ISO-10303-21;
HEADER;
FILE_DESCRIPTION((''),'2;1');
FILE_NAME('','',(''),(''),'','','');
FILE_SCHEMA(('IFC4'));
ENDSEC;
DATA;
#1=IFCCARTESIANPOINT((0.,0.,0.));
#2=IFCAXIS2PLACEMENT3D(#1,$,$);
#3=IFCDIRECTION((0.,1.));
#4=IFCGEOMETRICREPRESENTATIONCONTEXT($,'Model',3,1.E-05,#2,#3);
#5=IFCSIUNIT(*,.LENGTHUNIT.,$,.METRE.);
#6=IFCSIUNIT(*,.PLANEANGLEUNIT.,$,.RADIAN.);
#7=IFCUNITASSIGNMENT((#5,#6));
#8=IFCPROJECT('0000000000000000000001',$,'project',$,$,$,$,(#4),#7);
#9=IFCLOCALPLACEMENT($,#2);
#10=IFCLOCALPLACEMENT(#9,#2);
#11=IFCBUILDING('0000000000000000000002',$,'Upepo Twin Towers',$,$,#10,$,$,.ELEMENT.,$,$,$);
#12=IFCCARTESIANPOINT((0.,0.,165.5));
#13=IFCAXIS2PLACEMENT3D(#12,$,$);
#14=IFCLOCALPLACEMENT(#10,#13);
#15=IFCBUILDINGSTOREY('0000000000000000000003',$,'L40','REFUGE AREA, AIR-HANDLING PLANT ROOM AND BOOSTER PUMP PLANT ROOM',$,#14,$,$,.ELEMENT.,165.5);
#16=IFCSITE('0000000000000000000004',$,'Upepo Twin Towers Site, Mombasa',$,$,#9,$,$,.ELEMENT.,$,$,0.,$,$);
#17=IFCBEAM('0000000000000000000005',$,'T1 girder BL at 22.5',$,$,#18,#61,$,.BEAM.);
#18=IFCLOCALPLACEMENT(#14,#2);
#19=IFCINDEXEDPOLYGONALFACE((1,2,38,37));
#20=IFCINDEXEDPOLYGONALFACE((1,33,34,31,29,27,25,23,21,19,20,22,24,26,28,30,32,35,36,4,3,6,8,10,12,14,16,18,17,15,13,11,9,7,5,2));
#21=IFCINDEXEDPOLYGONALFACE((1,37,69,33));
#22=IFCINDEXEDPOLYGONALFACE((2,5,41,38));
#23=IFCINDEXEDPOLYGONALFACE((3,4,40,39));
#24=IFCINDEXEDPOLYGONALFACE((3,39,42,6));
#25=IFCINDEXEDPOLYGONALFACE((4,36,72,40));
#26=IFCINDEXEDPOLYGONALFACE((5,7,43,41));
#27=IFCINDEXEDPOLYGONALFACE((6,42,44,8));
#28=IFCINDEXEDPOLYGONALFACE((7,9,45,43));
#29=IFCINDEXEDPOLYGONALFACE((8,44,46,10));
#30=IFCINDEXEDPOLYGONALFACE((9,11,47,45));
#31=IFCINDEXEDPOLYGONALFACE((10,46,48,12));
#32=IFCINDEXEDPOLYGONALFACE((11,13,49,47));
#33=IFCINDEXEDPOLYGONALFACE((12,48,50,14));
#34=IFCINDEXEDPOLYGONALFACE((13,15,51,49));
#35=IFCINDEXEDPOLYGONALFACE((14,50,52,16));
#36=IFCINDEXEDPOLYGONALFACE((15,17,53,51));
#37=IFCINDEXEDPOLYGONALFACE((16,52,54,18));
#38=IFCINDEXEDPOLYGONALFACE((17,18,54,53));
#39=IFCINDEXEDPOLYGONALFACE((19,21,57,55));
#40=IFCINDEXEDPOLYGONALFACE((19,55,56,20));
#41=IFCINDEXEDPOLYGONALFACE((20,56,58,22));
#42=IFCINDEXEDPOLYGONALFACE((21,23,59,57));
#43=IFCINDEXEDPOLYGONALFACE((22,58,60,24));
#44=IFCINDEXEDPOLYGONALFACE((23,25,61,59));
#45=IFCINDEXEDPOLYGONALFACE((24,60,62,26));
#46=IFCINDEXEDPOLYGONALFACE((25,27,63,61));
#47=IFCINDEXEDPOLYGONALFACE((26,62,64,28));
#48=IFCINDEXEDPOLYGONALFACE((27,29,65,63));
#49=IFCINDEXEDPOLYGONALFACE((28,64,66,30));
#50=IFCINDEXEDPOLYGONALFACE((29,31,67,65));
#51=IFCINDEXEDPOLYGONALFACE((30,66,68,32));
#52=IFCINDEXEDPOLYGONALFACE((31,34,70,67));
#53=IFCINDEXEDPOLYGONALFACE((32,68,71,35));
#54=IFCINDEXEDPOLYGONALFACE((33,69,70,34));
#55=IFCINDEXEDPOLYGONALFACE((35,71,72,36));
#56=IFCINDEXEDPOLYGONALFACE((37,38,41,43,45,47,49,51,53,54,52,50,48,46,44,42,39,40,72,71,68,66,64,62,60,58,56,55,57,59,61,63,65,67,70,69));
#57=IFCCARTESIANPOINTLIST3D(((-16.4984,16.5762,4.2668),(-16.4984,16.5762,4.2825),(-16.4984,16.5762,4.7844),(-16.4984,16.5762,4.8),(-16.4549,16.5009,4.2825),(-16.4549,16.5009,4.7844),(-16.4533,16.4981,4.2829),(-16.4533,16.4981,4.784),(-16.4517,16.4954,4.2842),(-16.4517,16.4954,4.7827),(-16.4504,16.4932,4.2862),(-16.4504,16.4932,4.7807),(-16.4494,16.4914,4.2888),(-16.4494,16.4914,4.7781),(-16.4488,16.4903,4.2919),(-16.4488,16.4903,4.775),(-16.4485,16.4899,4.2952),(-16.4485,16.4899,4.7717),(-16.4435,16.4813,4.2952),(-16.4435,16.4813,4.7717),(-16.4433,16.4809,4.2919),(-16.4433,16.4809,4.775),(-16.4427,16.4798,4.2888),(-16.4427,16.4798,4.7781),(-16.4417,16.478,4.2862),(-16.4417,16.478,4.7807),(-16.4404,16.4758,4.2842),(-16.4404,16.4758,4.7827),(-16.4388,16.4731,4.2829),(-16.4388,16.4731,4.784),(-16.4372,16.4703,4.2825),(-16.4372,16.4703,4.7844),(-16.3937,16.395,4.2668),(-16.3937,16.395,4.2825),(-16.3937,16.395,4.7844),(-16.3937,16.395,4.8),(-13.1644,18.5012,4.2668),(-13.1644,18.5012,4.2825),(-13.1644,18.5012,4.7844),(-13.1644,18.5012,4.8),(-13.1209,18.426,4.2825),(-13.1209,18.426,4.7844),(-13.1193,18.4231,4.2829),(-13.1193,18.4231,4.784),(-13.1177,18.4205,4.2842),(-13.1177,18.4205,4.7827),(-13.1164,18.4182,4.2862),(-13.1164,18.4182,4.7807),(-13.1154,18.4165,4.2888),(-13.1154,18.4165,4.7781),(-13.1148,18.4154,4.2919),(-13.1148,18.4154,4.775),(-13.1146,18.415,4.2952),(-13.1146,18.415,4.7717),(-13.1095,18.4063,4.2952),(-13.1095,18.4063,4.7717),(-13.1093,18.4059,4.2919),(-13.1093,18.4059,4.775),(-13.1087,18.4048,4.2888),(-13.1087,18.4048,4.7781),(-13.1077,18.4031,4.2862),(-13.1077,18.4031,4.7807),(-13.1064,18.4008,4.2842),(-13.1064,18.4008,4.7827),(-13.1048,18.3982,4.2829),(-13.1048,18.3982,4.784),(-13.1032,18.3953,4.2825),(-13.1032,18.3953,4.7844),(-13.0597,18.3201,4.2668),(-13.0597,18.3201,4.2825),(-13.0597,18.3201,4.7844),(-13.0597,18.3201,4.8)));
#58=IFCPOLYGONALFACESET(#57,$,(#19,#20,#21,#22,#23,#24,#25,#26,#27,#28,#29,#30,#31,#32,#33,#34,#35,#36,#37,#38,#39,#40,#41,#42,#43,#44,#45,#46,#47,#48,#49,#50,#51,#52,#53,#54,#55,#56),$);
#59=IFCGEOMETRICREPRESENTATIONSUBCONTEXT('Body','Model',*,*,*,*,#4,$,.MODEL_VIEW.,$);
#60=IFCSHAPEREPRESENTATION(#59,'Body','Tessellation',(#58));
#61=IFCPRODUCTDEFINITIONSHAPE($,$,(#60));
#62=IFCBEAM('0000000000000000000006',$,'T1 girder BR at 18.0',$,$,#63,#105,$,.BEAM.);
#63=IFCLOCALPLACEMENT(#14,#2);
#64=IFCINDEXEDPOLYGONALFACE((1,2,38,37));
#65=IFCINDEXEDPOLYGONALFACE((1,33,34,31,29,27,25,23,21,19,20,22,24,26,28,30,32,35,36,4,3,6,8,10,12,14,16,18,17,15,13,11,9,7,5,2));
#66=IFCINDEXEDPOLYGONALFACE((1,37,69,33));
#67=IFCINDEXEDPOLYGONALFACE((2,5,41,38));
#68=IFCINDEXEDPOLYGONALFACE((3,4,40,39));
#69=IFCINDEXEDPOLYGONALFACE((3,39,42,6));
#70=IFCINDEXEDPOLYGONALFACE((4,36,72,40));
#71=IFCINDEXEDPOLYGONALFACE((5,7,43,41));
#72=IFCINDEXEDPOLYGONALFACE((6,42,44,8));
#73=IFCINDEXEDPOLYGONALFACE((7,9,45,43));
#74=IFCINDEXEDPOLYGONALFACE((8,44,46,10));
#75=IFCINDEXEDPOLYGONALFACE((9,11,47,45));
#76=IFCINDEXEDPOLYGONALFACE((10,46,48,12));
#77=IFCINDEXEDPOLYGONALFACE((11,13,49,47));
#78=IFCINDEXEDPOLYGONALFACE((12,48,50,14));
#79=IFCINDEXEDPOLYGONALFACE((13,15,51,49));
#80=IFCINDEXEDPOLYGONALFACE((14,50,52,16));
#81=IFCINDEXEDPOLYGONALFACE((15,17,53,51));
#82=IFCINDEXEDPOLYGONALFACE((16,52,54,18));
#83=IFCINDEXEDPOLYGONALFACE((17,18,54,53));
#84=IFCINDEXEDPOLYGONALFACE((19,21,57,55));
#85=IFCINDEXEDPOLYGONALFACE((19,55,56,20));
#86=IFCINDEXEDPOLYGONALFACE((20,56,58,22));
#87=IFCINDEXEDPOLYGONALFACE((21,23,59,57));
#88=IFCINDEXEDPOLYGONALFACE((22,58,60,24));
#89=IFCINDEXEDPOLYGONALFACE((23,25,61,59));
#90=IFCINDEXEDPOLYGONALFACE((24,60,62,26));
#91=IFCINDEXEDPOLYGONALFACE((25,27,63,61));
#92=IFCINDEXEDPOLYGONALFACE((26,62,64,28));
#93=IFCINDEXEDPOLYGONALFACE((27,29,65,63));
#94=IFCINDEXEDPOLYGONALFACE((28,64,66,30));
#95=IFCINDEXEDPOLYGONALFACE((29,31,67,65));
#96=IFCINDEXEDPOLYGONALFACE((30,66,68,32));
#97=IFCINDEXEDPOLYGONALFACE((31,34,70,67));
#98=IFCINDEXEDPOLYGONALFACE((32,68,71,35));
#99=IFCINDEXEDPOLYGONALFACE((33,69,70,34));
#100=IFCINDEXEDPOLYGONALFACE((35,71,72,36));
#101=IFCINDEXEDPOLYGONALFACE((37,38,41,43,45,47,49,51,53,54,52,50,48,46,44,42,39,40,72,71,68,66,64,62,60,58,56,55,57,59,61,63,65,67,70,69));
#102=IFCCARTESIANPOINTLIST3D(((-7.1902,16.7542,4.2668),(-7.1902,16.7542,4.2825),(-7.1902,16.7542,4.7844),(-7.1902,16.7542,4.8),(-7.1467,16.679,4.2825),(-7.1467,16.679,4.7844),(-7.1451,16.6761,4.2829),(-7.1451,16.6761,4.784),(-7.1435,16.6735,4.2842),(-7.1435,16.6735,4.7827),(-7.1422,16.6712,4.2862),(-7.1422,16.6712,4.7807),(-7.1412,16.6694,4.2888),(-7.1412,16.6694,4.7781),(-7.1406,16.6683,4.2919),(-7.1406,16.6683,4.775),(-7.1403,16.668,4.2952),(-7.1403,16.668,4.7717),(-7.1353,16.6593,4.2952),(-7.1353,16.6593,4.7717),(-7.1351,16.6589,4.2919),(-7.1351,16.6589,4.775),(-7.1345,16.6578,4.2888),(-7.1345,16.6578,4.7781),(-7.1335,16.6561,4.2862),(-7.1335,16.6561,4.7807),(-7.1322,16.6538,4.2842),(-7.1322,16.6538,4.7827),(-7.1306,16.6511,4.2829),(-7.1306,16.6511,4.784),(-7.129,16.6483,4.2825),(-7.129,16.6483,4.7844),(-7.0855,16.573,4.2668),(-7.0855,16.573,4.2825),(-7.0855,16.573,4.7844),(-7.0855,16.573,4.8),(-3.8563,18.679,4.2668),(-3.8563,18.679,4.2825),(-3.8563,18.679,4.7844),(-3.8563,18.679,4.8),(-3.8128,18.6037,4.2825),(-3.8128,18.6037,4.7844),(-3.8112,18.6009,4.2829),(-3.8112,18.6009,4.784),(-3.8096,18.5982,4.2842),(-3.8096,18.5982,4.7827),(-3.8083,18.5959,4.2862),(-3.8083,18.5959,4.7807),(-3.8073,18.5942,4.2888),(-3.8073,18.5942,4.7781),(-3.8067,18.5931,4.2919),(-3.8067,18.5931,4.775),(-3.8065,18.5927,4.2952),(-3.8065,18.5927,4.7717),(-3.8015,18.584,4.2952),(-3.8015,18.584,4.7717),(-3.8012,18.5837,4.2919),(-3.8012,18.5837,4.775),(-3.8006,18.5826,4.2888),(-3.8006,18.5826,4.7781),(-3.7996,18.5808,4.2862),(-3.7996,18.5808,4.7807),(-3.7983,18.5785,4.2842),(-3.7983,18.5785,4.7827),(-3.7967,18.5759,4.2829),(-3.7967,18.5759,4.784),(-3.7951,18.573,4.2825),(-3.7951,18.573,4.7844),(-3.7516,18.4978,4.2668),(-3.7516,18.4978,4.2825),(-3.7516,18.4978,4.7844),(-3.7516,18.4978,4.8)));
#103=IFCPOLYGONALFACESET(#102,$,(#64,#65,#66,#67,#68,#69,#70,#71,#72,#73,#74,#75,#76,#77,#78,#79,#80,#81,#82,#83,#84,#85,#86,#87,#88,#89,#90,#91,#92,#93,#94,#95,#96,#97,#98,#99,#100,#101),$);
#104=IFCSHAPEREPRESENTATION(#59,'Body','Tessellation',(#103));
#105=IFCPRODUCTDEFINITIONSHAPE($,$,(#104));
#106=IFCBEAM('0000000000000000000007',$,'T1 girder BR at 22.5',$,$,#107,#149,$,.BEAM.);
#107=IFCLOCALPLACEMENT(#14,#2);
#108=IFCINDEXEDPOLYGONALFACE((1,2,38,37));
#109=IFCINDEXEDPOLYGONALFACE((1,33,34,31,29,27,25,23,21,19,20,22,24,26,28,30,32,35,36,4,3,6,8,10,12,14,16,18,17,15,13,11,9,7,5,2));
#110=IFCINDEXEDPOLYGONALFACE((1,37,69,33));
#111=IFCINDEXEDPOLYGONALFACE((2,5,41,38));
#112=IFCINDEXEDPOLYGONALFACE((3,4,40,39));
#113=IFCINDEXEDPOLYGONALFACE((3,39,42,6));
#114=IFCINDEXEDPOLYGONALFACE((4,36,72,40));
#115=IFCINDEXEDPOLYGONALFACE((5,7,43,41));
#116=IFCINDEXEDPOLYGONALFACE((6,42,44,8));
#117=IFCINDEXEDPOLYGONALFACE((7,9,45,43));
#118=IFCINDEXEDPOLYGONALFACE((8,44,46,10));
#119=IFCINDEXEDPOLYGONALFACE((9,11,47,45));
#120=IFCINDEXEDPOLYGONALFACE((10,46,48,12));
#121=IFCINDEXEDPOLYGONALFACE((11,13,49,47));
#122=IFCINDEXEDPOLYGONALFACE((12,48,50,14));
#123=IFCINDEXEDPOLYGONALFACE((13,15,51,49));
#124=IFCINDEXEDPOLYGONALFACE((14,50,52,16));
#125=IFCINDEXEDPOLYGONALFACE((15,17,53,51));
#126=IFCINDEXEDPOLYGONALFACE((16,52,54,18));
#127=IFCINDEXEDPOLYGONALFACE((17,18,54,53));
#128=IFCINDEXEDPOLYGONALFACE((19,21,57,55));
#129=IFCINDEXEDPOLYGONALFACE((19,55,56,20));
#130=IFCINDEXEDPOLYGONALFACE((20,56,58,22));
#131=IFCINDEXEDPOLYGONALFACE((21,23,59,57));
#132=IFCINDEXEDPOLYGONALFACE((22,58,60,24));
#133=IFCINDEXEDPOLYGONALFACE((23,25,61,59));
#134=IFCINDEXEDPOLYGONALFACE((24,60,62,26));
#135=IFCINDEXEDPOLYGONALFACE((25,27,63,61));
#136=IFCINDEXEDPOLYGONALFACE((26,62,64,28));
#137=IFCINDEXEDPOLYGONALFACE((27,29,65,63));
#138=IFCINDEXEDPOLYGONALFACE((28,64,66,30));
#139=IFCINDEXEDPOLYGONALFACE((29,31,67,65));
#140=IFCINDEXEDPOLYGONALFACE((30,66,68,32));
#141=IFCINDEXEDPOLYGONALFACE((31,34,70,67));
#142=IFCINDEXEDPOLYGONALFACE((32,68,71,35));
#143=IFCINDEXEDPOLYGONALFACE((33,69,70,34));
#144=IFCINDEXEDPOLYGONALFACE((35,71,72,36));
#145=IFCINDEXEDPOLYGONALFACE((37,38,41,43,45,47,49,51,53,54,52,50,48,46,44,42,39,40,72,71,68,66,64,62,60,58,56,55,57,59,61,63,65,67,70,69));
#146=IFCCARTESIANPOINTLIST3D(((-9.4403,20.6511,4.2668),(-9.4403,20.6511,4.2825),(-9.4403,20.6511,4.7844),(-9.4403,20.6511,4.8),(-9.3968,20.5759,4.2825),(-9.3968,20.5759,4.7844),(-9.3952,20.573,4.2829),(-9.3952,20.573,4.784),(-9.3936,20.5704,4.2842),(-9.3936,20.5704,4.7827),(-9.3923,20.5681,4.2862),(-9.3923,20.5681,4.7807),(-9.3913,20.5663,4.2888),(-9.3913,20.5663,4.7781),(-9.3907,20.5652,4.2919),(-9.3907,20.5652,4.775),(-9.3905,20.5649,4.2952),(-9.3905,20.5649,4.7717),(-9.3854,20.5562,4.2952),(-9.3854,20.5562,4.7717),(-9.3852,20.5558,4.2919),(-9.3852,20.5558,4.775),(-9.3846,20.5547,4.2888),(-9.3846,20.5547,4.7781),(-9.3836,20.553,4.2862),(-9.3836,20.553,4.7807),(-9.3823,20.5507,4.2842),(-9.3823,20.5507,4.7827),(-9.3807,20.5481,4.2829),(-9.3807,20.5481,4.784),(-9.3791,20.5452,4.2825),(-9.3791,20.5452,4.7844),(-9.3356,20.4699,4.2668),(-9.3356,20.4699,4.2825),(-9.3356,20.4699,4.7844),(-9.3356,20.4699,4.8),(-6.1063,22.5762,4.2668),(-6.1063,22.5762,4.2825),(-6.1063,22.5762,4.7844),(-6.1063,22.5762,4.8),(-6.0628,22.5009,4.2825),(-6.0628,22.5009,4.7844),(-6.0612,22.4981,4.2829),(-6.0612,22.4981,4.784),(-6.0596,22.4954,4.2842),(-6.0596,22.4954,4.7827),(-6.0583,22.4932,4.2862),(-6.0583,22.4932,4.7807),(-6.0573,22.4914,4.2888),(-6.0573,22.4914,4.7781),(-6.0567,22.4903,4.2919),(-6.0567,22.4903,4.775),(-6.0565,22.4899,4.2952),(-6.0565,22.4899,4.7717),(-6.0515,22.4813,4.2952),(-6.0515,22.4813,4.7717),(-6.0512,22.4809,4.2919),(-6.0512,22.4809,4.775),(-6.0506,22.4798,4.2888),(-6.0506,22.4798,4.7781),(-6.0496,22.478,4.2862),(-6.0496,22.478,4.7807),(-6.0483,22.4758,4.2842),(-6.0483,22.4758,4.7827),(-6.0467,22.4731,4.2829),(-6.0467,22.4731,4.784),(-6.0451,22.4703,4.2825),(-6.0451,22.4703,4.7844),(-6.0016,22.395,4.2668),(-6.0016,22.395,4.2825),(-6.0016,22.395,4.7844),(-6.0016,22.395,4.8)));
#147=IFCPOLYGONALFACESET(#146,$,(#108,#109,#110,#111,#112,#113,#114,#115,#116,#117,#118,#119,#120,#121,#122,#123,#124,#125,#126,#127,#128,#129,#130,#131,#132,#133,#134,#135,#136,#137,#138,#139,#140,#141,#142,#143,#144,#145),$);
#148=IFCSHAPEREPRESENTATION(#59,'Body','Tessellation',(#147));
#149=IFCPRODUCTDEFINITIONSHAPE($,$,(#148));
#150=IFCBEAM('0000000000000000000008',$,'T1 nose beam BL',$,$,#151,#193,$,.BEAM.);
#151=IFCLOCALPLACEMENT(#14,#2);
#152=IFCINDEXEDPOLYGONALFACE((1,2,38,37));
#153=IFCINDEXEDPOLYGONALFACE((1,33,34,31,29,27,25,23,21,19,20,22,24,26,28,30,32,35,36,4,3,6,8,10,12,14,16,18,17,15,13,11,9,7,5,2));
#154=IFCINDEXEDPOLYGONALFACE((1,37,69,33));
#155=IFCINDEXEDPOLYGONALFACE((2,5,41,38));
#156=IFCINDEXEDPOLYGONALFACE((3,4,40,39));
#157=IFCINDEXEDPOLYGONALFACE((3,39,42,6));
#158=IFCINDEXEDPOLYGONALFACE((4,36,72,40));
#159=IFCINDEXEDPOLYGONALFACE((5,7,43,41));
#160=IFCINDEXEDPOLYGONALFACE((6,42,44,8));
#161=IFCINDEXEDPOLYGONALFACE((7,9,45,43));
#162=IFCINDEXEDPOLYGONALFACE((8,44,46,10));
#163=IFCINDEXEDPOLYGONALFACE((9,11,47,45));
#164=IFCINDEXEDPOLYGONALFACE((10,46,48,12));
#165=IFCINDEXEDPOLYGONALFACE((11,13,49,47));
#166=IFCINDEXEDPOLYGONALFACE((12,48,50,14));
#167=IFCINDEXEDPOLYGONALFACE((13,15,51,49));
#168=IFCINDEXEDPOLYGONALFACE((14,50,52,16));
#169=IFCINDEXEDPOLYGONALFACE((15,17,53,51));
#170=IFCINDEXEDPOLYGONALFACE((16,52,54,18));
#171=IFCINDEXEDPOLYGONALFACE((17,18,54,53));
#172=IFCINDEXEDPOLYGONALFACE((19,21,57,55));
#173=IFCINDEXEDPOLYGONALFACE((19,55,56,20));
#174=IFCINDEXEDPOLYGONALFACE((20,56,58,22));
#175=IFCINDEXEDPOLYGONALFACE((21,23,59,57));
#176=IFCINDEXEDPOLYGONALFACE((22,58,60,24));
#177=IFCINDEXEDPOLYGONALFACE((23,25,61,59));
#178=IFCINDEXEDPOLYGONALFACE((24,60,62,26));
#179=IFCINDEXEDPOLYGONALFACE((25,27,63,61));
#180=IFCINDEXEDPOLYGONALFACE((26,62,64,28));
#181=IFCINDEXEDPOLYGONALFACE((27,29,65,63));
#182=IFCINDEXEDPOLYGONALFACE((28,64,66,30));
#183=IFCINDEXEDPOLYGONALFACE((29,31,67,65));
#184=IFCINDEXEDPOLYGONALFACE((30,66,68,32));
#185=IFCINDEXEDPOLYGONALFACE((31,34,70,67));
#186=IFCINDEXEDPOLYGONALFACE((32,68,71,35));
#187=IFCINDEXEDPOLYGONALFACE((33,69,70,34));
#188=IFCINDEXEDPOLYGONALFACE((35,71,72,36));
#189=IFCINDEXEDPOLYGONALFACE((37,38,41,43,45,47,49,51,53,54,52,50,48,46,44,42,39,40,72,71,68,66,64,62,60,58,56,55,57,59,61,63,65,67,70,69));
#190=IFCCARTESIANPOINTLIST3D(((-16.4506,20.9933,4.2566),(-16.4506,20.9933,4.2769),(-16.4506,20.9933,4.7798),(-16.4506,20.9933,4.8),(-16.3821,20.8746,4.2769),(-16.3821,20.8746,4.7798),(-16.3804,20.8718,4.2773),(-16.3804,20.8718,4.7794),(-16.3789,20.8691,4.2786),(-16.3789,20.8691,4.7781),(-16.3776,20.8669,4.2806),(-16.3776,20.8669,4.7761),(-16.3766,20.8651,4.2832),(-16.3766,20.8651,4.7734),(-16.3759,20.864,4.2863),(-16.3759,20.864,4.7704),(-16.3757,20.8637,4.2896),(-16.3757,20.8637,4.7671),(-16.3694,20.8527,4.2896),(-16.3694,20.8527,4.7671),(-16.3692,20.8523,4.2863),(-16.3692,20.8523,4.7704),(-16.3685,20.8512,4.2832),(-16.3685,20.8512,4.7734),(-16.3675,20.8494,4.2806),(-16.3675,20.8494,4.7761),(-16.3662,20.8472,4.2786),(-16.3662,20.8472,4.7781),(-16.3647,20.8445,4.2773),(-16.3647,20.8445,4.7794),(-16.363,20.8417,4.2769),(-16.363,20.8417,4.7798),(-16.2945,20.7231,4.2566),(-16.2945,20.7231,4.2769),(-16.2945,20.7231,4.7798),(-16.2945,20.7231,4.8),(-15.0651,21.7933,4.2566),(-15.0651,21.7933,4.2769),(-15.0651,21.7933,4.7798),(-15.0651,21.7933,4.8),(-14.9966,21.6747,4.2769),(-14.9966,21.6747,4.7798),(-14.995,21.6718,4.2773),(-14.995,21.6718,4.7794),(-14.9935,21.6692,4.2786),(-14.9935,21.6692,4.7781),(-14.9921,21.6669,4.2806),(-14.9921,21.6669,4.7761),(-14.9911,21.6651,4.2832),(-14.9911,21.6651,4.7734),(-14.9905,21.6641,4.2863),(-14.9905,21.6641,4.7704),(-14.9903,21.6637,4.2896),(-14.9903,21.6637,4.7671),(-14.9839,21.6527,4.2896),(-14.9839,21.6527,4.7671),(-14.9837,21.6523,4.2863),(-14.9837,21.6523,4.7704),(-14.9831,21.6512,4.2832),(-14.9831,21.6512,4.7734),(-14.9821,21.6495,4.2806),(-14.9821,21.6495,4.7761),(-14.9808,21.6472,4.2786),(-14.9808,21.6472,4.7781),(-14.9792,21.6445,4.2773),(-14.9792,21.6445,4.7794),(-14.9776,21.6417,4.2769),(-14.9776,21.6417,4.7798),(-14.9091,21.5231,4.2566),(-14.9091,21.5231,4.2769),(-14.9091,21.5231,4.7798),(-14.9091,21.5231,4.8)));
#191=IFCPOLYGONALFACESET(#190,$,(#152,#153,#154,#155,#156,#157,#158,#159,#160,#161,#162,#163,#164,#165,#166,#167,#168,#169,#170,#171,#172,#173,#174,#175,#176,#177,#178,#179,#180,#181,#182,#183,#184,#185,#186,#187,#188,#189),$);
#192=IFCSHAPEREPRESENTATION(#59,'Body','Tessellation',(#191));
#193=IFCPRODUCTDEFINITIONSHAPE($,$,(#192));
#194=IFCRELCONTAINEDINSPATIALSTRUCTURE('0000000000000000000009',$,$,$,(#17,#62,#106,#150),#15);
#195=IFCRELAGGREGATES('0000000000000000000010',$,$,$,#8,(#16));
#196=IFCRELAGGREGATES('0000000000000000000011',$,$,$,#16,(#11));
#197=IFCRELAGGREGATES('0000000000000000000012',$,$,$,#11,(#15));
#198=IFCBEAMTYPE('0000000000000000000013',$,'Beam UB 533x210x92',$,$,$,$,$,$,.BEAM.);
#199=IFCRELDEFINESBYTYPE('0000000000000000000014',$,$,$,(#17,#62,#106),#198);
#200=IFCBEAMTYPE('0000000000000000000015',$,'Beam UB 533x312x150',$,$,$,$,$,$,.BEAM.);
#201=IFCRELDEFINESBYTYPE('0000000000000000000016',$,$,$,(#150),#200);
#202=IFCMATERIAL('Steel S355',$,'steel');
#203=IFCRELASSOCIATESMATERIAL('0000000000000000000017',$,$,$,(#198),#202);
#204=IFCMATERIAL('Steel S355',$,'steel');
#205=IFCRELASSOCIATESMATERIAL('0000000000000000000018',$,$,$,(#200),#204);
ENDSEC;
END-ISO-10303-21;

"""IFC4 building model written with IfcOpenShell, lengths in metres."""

from ifc_helpers import new_model, si_unit, direction, frame, origin, origin_2d, place, context, subcontext, project, spatial, i_section, extrude, material, material_profile, profile_set, type_object, element, save


model = new_model("IFC4")

# Units and contexts
model_context = context("Model", 3, precision=1e-05, world=origin(), true_north=direction((0.0, 1.0)))
body_context = subcontext(model_context, "Body", "Model", "MODEL_VIEW")
ifc_project = project(units=[si_unit("LENGTHUNIT", "METRE"), si_unit("PLANEANGLEUNIT", "RADIAN")], contexts=[model_context])

# Site, building, storey
site_placement = place(None, origin())
site = spatial("IfcSite", under=ifc_project, at=site_placement, Name="Upepo Twin Towers Site, Mombasa", CompositionType="ELEMENT", RefElevation=0.0)
building_placement = place(site_placement, origin())
building = spatial("IfcBuilding", under=site, at=building_placement, Name="Upepo Twin Towers", CompositionType="ELEMENT")
storey_placement = place(building_placement, frame((0.0, 0.0, 165.5)))
storey = spatial("IfcBuildingStorey", under=building, at=storey_placement, Name="L40", Description="REFUGE AREA, AIR-HANDLING PLANT ROOM AND BOOSTER PUMP PLANT ROOM", CompositionType="ELEMENT", Elevation=165.5)

# Beams
ifc_material_1 = material(Name="Steel S355", Category="steel")
ifc_material_profile_1 = material_profile(ifc_material_1, i_section(OverallWidth=0.2092, OverallDepth=0.5332, WebThickness=0.01, FlangeThickness=0.0156, FilletRadius=0.0127, at=origin_2d()), Name="UB 533x210x92")
ifc_profile_set_1 = profile_set([ifc_material_profile_1], Name="Steel S355")
beam_type_1 = type_object("IfcBeamType", Name="Beam UB 533x210x92", PredefinedType="BEAM", material=ifc_profile_set_1)
beam_1_placement = place(storey_placement, frame((-16.446, 16.4856, 4.5334), z_axis=(0.866006, 0.500034, 0.0), x_axis=(-0.500034, 0.866006, 0.0)))
element("IfcBeam", 1, at=beam_1_placement, inside=storey, type_object=beam_type_1, Name="T1 girder BL at 22.5", PredefinedType="BEAM", context=body_context, shape_type="SweptSolid", body=[
    extrude(i_section(OverallWidth=0.2092, OverallDepth=0.5332, WebThickness=0.01, FlangeThickness=0.0156, FilletRadius=0.0127, at=origin_2d()), origin(), (0.0, 0.0, 1.0), 3.8499),
])
beam_2_placement = place(storey_placement, frame((-3.804, 18.5884, 4.5334), z_axis=(-0.866034, -0.499986, 0.0), x_axis=(0.499986, -0.866034, 0.0)))
element("IfcBeam", 2, at=beam_2_placement, inside=storey, type_object=beam_type_1, Name="T1 girder BR at 18.0", PredefinedType="BEAM", context=body_context, shape_type="SweptSolid", body=[
    extrude(i_section(OverallWidth=0.2092, OverallDepth=0.5332, WebThickness=0.01, FlangeThickness=0.0156, FilletRadius=0.0127, at=origin_2d()), origin(), (0.0, 0.0, 1.0), 3.8496),
])
beam_3_placement = place(storey_placement, frame((-6.054, 22.4856, 4.5334), z_axis=(-0.866006, -0.500034, 0.0), x_axis=(0.500034, -0.866006, 0.0)))
element("IfcBeam", 3, at=beam_3_placement, inside=storey, type_object=beam_type_1, Name="T1 girder BR at 22.5", PredefinedType="BEAM", context=body_context, shape_type="SweptSolid", body=[
    extrude(i_section(OverallWidth=0.2092, OverallDepth=0.5332, WebThickness=0.01, FlangeThickness=0.0156, FilletRadius=0.0127, at=origin_2d()), origin(), (0.0, 0.0, 1.0), 3.8499),
])
ifc_material_2 = material(Name="Steel S355", Category="steel")
ifc_material_profile_2 = material_profile(ifc_material_2, i_section(OverallWidth=0.312, OverallDepth=0.5435, WebThickness=0.0127, FlangeThickness=0.0203, FilletRadius=0.0127, at=origin_2d()), Name="UB 533x312x150")
ifc_profile_set_2 = profile_set([ifc_material_profile_2], Name="Steel S355")
beam_type_2 = type_object("IfcBeamType", Name="Beam UB 533x312x150", PredefinedType="BEAM", material=ifc_profile_set_2)
for number, where, z_axis, x_axis, name in (
    (4, (-16.3726, 20.8582, 4.5283), (0.86599, 0.500061, 0.0), (-0.500061, 0.86599, 0.0), "T1 nose beam BL"),
):
    element("IfcBeam", number, at=place(storey_placement, frame(where, z_axis=z_axis, x_axis=x_axis)), inside=storey, type_object=beam_type_2, Name=name, PredefinedType="BEAM", context=body_context, shape_type="SweptSolid", body=[
        extrude(i_section(OverallWidth=0.312, OverallDepth=0.5435, WebThickness=0.0127, FlangeThickness=0.0203, FilletRadius=0.0127, at=origin_2d()), origin(), (0.0, 0.0, 1.0), 1.5999),
    ])

save(model, "model.ifc")
